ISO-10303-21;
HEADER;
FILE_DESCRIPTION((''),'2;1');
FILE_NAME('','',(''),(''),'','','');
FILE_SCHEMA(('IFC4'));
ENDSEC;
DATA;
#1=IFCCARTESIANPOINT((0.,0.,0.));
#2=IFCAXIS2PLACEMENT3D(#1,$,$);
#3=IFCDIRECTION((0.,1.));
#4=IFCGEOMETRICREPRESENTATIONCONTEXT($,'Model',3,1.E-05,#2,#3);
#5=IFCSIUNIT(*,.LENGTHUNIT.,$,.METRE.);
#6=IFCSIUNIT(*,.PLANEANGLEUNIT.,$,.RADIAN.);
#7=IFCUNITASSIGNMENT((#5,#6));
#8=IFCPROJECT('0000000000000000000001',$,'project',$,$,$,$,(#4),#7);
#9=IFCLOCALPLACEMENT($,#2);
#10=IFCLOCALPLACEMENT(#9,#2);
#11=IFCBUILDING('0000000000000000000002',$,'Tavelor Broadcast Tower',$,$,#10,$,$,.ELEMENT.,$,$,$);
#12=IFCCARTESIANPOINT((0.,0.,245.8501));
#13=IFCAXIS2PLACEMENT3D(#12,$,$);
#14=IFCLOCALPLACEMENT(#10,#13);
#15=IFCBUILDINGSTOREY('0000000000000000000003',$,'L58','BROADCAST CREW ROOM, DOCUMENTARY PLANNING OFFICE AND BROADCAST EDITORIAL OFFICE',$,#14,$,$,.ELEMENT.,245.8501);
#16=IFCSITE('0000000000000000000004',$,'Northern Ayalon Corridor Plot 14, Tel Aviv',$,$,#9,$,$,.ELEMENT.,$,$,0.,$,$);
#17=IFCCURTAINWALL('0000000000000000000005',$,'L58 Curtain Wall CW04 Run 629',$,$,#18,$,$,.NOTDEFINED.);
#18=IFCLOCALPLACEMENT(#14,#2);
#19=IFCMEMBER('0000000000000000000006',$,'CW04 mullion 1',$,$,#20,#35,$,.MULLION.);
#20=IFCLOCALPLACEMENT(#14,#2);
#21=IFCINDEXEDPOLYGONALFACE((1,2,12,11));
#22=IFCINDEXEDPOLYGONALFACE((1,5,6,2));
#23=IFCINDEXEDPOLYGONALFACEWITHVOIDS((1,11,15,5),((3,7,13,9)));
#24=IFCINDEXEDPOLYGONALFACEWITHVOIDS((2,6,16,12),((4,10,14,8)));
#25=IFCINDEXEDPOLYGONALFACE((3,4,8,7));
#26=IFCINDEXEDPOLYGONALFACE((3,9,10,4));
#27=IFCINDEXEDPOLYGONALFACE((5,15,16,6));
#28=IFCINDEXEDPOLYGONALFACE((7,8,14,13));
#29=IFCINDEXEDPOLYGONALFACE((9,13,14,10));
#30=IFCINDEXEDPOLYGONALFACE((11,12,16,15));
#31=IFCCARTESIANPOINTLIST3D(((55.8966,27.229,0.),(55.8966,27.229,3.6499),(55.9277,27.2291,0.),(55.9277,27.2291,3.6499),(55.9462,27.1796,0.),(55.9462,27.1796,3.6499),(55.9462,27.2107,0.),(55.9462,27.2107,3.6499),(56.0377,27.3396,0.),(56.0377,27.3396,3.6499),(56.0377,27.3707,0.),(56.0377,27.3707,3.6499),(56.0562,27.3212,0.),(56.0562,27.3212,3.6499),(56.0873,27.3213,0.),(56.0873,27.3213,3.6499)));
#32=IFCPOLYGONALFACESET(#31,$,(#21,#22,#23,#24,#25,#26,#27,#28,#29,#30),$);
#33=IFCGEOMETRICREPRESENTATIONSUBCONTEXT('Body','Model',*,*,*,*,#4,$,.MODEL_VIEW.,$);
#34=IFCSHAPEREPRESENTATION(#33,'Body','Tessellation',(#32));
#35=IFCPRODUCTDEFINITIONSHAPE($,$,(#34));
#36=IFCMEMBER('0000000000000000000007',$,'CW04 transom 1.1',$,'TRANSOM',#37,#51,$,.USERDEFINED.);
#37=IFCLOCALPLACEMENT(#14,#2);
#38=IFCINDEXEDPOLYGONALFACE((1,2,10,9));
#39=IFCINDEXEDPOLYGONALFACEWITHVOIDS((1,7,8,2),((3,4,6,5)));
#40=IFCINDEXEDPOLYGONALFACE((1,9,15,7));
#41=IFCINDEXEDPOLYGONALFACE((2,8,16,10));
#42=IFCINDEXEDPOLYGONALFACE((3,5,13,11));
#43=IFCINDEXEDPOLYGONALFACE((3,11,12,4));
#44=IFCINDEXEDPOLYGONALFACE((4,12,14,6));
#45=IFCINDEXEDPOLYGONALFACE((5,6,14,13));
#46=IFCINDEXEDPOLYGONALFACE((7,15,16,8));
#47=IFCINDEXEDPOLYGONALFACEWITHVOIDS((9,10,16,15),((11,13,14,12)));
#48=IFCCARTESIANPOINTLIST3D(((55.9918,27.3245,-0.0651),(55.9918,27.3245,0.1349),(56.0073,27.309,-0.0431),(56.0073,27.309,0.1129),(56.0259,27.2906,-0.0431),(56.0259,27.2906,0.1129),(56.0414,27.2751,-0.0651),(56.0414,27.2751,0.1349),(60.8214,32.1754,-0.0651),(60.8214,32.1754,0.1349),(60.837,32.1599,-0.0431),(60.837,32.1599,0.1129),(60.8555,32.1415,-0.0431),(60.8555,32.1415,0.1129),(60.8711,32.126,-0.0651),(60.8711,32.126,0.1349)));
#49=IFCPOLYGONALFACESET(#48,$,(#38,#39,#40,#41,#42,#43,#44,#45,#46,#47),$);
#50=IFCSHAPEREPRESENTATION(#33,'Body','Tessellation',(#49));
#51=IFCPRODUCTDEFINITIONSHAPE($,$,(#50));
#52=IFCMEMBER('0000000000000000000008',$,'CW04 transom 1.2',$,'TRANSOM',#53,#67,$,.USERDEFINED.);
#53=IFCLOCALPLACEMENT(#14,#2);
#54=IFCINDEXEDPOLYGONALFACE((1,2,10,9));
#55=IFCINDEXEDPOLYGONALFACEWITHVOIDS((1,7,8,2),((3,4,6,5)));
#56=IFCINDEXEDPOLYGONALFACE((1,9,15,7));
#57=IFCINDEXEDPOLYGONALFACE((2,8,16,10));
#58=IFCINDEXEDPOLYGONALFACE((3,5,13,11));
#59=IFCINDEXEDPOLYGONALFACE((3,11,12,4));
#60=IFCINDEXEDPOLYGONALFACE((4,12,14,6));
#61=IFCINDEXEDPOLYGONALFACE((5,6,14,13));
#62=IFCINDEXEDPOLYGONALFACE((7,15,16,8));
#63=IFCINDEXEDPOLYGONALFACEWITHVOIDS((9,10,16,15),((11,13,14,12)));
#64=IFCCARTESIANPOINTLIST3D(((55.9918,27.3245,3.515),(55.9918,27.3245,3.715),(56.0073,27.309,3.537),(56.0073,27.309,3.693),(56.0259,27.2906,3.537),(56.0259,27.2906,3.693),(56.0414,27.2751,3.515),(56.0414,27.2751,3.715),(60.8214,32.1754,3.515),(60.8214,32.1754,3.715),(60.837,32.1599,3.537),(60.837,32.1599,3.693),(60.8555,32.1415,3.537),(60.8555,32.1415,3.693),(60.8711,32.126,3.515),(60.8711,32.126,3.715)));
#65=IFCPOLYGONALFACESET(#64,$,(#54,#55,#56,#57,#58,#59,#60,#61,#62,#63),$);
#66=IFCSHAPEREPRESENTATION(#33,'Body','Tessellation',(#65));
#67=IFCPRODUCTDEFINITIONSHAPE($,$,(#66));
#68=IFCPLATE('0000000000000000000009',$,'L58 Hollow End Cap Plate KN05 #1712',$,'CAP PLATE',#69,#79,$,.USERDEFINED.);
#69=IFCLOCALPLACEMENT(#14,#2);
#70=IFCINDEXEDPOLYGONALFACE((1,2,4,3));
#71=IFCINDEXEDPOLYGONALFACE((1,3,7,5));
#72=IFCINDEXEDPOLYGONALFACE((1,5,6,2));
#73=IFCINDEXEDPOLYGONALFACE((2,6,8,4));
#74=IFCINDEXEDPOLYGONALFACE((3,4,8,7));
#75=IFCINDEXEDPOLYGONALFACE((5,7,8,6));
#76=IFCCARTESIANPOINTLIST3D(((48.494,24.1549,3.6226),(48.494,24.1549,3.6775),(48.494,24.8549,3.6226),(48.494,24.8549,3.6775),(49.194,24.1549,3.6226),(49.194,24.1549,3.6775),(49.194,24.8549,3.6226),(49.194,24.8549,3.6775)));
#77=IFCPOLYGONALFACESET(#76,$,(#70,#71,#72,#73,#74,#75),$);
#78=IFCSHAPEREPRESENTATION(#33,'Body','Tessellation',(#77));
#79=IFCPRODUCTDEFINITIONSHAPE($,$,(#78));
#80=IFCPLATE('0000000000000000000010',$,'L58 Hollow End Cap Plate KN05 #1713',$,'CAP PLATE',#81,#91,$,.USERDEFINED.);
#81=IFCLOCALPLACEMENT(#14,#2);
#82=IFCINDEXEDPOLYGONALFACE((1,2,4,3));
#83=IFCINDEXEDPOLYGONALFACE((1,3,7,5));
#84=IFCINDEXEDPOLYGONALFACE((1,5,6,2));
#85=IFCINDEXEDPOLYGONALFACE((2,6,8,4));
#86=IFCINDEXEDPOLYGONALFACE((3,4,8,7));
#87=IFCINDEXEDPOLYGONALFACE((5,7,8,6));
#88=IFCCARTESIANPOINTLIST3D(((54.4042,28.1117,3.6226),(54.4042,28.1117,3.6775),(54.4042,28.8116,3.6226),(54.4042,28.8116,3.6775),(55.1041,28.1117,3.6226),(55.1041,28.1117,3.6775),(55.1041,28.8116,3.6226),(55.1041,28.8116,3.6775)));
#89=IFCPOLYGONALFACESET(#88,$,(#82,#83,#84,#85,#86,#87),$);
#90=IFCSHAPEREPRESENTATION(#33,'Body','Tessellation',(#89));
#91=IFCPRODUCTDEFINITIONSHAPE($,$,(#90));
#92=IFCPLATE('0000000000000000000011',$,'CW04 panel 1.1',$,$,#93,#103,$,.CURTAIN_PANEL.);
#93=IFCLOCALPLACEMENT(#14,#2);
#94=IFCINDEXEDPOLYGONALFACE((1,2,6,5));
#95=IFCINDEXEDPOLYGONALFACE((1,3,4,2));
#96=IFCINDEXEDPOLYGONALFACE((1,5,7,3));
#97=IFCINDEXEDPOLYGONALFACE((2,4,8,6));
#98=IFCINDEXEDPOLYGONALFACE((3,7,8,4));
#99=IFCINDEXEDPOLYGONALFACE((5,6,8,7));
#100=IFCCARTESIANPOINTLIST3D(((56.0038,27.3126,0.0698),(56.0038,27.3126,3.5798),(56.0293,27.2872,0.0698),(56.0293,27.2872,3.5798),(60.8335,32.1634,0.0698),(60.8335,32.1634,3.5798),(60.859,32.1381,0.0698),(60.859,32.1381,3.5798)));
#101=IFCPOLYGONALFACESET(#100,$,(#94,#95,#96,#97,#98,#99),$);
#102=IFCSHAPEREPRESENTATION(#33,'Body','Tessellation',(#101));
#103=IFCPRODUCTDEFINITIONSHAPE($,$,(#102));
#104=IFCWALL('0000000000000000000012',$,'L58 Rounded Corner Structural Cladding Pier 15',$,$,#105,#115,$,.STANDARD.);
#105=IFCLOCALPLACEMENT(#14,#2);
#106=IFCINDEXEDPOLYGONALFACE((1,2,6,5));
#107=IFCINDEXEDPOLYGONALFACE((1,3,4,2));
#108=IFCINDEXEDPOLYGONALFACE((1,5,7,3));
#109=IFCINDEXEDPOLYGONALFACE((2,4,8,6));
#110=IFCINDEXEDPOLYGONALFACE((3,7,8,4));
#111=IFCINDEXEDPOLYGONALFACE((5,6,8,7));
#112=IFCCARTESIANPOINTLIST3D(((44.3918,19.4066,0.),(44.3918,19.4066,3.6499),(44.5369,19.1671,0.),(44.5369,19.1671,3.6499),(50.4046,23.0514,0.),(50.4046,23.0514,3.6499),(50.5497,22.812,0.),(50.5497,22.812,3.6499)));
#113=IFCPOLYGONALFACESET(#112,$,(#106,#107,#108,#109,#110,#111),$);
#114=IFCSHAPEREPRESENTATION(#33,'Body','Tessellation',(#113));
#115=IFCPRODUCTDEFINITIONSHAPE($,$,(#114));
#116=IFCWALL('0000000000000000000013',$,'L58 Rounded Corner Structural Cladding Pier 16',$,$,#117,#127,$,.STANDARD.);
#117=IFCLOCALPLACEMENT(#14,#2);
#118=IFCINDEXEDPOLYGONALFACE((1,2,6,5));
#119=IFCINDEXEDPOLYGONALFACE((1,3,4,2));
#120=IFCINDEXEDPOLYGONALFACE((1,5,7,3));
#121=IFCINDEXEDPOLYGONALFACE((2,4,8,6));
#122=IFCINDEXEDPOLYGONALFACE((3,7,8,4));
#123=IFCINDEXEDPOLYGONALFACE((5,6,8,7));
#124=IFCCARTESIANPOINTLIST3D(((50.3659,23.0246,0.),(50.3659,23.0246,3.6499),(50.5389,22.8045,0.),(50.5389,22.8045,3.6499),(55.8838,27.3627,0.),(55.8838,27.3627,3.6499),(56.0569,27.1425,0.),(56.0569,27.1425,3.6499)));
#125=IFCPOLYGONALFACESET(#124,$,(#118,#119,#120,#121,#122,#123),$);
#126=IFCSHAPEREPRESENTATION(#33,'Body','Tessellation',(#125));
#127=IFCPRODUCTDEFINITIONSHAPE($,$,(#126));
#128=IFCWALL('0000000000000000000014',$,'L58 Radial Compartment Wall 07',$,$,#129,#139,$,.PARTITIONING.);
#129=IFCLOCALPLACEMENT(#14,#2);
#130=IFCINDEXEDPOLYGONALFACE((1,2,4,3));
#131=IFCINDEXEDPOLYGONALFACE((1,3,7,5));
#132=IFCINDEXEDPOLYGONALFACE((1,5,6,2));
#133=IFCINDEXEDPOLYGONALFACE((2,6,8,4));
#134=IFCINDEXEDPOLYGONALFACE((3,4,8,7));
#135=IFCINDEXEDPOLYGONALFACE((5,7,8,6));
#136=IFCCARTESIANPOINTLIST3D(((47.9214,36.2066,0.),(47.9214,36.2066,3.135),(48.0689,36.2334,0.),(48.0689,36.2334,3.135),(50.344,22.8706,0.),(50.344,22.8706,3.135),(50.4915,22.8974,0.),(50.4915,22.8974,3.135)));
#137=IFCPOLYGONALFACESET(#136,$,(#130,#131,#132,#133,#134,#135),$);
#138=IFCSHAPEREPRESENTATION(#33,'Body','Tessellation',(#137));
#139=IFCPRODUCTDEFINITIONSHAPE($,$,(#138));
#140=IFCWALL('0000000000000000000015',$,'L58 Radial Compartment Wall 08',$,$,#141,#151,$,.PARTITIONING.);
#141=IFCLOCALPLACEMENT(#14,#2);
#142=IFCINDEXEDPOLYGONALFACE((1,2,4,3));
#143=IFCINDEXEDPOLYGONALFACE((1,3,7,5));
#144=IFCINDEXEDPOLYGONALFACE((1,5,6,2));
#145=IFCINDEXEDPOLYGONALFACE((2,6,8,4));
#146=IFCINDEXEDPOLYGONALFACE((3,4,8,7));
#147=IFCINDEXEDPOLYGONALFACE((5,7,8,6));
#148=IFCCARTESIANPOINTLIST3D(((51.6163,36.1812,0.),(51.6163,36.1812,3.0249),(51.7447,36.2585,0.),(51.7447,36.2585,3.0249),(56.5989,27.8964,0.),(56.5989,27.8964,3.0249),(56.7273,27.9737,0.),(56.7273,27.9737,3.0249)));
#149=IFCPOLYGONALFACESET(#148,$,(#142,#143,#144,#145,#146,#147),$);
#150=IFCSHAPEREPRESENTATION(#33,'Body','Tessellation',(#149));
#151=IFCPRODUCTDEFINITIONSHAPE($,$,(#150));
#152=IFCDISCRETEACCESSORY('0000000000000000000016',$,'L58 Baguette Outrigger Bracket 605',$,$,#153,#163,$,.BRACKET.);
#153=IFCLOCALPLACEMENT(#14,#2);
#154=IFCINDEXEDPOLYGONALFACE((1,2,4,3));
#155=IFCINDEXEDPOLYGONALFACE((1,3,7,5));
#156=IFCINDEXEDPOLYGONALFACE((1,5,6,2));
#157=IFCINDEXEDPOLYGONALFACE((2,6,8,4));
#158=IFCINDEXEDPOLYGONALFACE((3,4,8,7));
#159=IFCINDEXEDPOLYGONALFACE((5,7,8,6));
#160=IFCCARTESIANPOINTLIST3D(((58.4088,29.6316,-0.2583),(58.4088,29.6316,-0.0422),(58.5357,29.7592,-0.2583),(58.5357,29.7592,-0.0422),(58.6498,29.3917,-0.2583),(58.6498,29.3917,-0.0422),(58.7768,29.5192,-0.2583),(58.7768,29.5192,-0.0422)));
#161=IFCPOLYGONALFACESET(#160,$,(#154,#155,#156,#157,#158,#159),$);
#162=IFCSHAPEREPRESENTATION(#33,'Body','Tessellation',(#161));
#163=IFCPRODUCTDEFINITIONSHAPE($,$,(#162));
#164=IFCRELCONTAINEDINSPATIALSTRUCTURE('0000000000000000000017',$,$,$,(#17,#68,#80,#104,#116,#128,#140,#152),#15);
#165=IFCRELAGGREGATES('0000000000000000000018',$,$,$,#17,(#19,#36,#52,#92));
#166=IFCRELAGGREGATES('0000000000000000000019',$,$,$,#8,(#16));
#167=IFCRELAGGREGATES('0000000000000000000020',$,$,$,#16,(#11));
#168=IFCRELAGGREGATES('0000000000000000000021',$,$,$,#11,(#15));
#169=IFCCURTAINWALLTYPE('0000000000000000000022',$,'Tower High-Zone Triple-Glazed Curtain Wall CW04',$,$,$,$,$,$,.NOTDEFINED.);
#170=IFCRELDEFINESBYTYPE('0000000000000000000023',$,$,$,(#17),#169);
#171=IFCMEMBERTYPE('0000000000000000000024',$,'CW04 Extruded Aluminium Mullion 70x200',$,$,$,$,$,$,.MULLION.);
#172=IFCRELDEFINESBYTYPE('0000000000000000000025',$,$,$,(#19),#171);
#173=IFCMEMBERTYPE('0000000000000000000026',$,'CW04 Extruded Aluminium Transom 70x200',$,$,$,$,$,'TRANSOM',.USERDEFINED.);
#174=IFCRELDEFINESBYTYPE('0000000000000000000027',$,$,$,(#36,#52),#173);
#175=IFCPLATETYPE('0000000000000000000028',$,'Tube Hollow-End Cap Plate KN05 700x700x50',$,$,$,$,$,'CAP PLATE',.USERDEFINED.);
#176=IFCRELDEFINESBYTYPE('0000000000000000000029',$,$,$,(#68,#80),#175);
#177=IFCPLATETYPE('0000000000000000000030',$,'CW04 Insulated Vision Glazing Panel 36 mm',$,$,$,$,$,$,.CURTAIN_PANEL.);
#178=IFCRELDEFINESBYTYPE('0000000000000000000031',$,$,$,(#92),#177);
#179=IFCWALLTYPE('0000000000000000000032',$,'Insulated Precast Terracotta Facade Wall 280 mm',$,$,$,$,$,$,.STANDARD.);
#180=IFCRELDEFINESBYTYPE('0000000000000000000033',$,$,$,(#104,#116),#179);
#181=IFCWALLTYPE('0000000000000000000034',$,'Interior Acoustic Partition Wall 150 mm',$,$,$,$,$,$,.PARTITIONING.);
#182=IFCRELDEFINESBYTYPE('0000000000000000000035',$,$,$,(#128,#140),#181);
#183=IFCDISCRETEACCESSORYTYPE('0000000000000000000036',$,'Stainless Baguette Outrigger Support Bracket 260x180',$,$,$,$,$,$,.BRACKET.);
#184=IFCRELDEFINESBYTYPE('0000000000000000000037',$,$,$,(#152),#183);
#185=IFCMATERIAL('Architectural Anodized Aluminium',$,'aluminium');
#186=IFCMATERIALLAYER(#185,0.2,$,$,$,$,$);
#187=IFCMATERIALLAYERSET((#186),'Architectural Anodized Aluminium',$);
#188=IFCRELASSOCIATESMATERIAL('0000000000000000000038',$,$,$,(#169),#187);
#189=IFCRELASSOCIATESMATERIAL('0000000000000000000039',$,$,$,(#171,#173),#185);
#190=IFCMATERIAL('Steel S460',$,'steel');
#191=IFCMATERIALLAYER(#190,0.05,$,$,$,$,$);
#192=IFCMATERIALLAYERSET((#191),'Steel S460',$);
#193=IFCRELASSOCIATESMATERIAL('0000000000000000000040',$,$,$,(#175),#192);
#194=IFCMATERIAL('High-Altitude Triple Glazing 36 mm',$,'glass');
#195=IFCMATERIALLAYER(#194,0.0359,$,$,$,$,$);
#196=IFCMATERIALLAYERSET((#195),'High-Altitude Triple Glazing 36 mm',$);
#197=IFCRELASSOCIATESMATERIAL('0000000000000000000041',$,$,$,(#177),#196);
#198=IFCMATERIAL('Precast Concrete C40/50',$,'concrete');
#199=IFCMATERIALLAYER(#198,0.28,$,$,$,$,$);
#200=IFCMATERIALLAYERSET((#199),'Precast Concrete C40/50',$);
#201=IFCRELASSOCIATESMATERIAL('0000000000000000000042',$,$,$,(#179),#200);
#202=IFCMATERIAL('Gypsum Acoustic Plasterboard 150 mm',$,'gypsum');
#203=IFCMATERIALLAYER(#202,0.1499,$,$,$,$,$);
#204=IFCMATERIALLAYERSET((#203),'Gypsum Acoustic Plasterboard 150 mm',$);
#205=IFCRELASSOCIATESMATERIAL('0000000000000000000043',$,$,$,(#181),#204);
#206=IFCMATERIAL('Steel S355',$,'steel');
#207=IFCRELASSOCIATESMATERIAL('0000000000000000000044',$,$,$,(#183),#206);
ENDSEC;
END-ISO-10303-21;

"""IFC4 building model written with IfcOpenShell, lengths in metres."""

from ifc_helpers import new_model, si_unit, direction, frame, frame_2d, origin, origin_2d, place, context, subcontext, project, spatial, rectangle, hollow_rectangle, extrude, source, transform, mapped, material, layer, layer_set, material_profile, profile_set, type_object, type_shapes, element, aggregate, save


model = new_model("IFC4")

# Units and contexts
model_context = context("Model", 3, precision=1e-05, world=origin(), true_north=direction((0.0, 1.0)))
body_context = subcontext(model_context, "Body", "Model", "MODEL_VIEW")
ifc_project = project(units=[si_unit("LENGTHUNIT", "METRE"), si_unit("PLANEANGLEUNIT", "RADIAN")], contexts=[model_context])

# Site, building, storey
site_placement = place(None, origin())
site = spatial("IfcSite", under=ifc_project, at=site_placement, Name="Northern Ayalon Corridor Plot 14, Tel Aviv", CompositionType="ELEMENT", RefElevation=0.0)
building_placement = place(site_placement, origin())
building = spatial("IfcBuilding", under=site, at=building_placement, Name="Tavelor Broadcast Tower", CompositionType="ELEMENT")
storey_placement = place(building_placement, frame((0.0, 0.0, 245.8501)))
storey = spatial("IfcBuildingStorey", under=building, at=storey_placement, Name="L58", Description="BROADCAST CREW ROOM, DOCUMENTARY PLANNING OFFICE AND BROADCAST EDITORIAL OFFICE", CompositionType="ELEMENT", Elevation=245.8501)

# Shared definitions
ifc_material_1 = material(Name="Steel S460", Category="steel")

# Shared definitions
ifc_material_2 = material(Name="Steel S355", Category="steel")

# Curtain wall, members
ifc_material_3 = material(Name="Architectural Anodized Aluminium", Category="aluminium")
ifc_layer_1 = layer(ifc_material_3, 0.2)
ifc_layer_set_1 = layer_set([ifc_layer_1], Name="Architectural Anodized Aluminium")
curtain_wall_type = type_object("IfcCurtainWallType", Name="Tower High-Zone Triple-Glazed Curtain Wall CW04", PredefinedType="NOTDEFINED", material=ifc_layer_set_1)
curtain_wall_placement = place(storey_placement, origin())
curtain_wall = element("IfcCurtainWall", 1, at=curtain_wall_placement, inside=storey, type_object=curtain_wall_type, Name="L58 Curtain Wall CW04 Run 629", PredefinedType="NOTDEFINED")
ifc_material_profile_1 = material_profile(ifc_material_3, hollow_rectangle(XDim=0.0701, YDim=0.2, WallThickness=0.022, at=origin_2d()), Name="RHS 70x200x22")
ifc_profile_set_1 = profile_set([ifc_material_profile_1], Name="Architectural Anodized Aluminium")
member_type_1 = type_object("IfcMemberType", Name="CW04 Extruded Aluminium Mullion 70x200", PredefinedType="MULLION", material=ifc_profile_set_1)
shared_shape_1 = source(origin(), body_context, "Body", "SweptSolid", [
    extrude(hollow_rectangle(XDim=0.0701, YDim=0.2, WallThickness=0.022, at=origin_2d()), origin(), (0.0, 0.0, 1.0), 3.6499),
])
type_shapes(member_type_1, [shared_shape_1])
member_1_placement = place(storey_placement, frame((55.9919, 27.2751, 0.0), z_axis=(0.0, 0.0, 1.0), x_axis=(-0.708651, 0.705559, 0.0)))
member_1 = element("IfcMember", 2, at=member_1_placement, type_object=member_type_1, Name="CW04 mullion 1", PredefinedType="MULLION", context=body_context, shape_type="MappedRepresentation", body=[
    mapped(shared_shape_1, transform((0.0, 0.0, 0.0), scale=1.0)),
])
ifc_material_profile_2 = material_profile(ifc_material_3, hollow_rectangle(XDim=0.0701, YDim=0.2, WallThickness=0.022, at=origin_2d()), Name="RHS 70x200x22")
ifc_profile_set_2 = profile_set([ifc_material_profile_2], Name="Architectural Anodized Aluminium")
member_type_2 = type_object("IfcMemberType", Name="CW04 Extruded Aluminium Transom 70x200", ElementType="TRANSOM", PredefinedType="USERDEFINED", material=ifc_profile_set_2)
shared_shape_2 = source(origin(), body_context, "Body", "SweptSolid", [
    extrude(hollow_rectangle(XDim=0.0701, YDim=0.2, WallThickness=0.022, at=origin_2d()), origin(), (0.0, 0.0, 1.0), 6.8452),
])
type_shapes(member_type_2, [shared_shape_2])
member_2_placement = place(storey_placement, frame((56.0166, 27.2998, 0.0349), z_axis=(0.705554, 0.708657, 0.0), x_axis=(-0.708657, 0.705554, 0.0)))
member_2 = element("IfcMember", 3, at=member_2_placement, type_object=member_type_2, Name="CW04 transom 1.1", ObjectType="TRANSOM", PredefinedType="USERDEFINED", context=body_context, shape_type="MappedRepresentation", body=[
    mapped(shared_shape_2, transform((0.0, 0.0, 0.0), scale=1.0)),
])
member_3_placement = place(storey_placement, frame((56.0166, 27.2998, 3.615), z_axis=(0.705554, 0.708657, 0.0), x_axis=(-0.708657, 0.705554, 0.0)))
member_3 = element("IfcMember", 4, at=member_3_placement, type_object=member_type_2, Name="CW04 transom 1.2", ObjectType="TRANSOM", PredefinedType="USERDEFINED", context=body_context, shape_type="MappedRepresentation", body=[
    mapped(shared_shape_2, transform((0.0, 0.0, 0.0), scale=1.0)),
])

# Plates
ifc_layer_2 = layer(ifc_material_1, 0.05)
ifc_layer_set_2 = layer_set([ifc_layer_2], Name="Steel S460")
plate_type_1 = type_object("IfcPlateType", Name="Tube Hollow-End Cap Plate KN05 700x700x50", ElementType="CAP PLATE", PredefinedType="USERDEFINED", material=ifc_layer_set_2)
shared_shape_3 = source(origin(), body_context, "Body", "SweptSolid", [
    extrude(rectangle(XDim=0.7, YDim=0.7, at=origin_2d()), origin(), (0.0, 0.0, 1.0), 0.0549),
])
type_shapes(plate_type_1, [shared_shape_3])
for number, where, z_axis, x_axis, name in (
    (5, (48.844, 24.5049, 3.6226), (0.0, 0.0, 1.0), (1.0, 0.0, 0.0), "L58 Hollow End Cap Plate KN05 #1712"),
    (6, (54.7542, 28.4617, 3.6226), (0.0, 0.0, 1.0), (1.0, 0.0, 0.0), "L58 Hollow End Cap Plate KN05 #1713"),
):
    element("IfcPlate", number, at=place(storey_placement, frame(where, z_axis=z_axis, x_axis=x_axis)), inside=storey, type_object=plate_type_1, Name=name, ObjectType="CAP PLATE", PredefinedType="USERDEFINED", context=body_context, shape_type="MappedRepresentation", body=[
        mapped(shared_shape_3, transform((0.0, 0.0, 0.0), scale=1.0)),
    ])

# Plate
ifc_material_4 = material(Name="High-Altitude Triple Glazing 36 mm", Category="glass")
ifc_layer_3 = layer(ifc_material_4, 0.0359)
ifc_layer_set_3 = layer_set([ifc_layer_3], Name="High-Altitude Triple Glazing 36 mm")
plate_type_2 = type_object("IfcPlateType", Name="CW04 Insulated Vision Glazing Panel 36 mm", PredefinedType="CURTAIN_PANEL", material=ifc_layer_set_3)
shared_shape_4 = source(origin(), body_context, "Body", "SweptSolid", [
    extrude(rectangle(XDim=6.8452, YDim=0.0359, at=origin_2d()), origin(), (0.0, 0.0, 1.0), 3.51),
])
type_shapes(plate_type_2, [shared_shape_4])
plate_placement = place(storey_placement, frame((58.4314, 29.7253, 0.0698), z_axis=(0.0, 0.0, 1.0), x_axis=(0.705559, 0.708651, 0.0)))
plate = element("IfcPlate", 7, at=plate_placement, type_object=plate_type_2, Name="CW04 panel 1.1", PredefinedType="CURTAIN_PANEL", context=body_context, shape_type="MappedRepresentation", body=[
    mapped(shared_shape_4, transform((0.0, 0.0, 0.0), scale=1.0)),
])
aggregate(curtain_wall, [member_1, member_2, member_3, plate])

# Walls
ifc_material_5 = material(Name="Precast Concrete C40/50", Category="concrete")
ifc_layer_4 = layer(ifc_material_5, 0.28)
ifc_layer_set_4 = layer_set([ifc_layer_4], Name="Precast Concrete C40/50")
wall_type_1 = type_object("IfcWallType", Name="Insulated Precast Terracotta Facade Wall 280 mm", PredefinedType="STANDARD", material=ifc_layer_set_4)
wall_1_placement = place(storey_placement, frame((44.4644, 19.2869, 0.0), z_axis=(0.0, 0.0, 1.0), x_axis=(0.855153, 0.518376, 0.0)))
element("IfcWall", 8, at=wall_1_placement, inside=storey, type_object=wall_type_1, Name="L58 Rounded Corner Structural Cladding Pier 15", PredefinedType="STANDARD", context=body_context, shape_type="SweptSolid", body=[
    extrude(rectangle(XDim=7.0312, YDim=0.28, at=frame_2d((3.5156, 0.0))), origin(), (0.0, 0.0, 1.0), 3.6499),
])
wall_2_placement = place(storey_placement, frame((50.4524, 22.9146, 0.0), z_axis=(0.0, 0.0, 1.0), x_axis=(0.786145, 0.618043, 0.0)))
element("IfcWall", 9, at=wall_2_placement, inside=storey, type_object=wall_type_1, Name="L58 Rounded Corner Structural Cladding Pier 16", PredefinedType="STANDARD", context=body_context, shape_type="SweptSolid", body=[
    extrude(rectangle(XDim=7.019, YDim=0.28, at=frame_2d((3.5095, 0.0))), origin(), (0.0, 0.0, 1.0), 3.6499),
])
ifc_material_6 = material(Name="Gypsum Acoustic Plasterboard 150 mm", Category="gypsum")
ifc_layer_5 = layer(ifc_material_6, 0.1499)
ifc_layer_set_5 = layer_set([ifc_layer_5], Name="Gypsum Acoustic Plasterboard 150 mm")
wall_type_2 = type_object("IfcWallType", Name="Interior Acoustic Partition Wall 150 mm", PredefinedType="PARTITIONING", material=ifc_layer_set_5)
wall_3_placement = place(storey_placement, frame((47.9951, 36.22, 0.0), z_axis=(0.0, 0.0, 1.0), x_axis=(0.178735, -0.983897, 0.0)))
element("IfcWall", 10, at=wall_3_placement, inside=storey, type_object=wall_type_2, Name="L58 Radial Compartment Wall 07", PredefinedType="PARTITIONING", context=body_context, shape_type="SweptSolid", body=[
    extrude(rectangle(XDim=13.5542, YDim=0.1499, at=frame_2d((6.7771, 0.0))), origin(), (0.0, 0.0, 1.0), 3.135),
])
wall_4_placement = place(storey_placement, frame((51.6804, 36.22, 0.0), z_axis=(0.0, 0.0, 1.0), x_axis=(0.515387, -0.856958, 0.0)))
element("IfcWall", 11, at=wall_4_placement, inside=storey, type_object=wall_type_2, Name="L58 Radial Compartment Wall 08", PredefinedType="PARTITIONING", context=body_context, shape_type="SweptSolid", body=[
    extrude(rectangle(XDim=9.6677, YDim=0.1499, at=frame_2d((4.834, 0.0))), origin(), (0.0, 0.0, 1.0), 3.0249),
])

# Discrete accessory
discrete_accessory_type = type_object("IfcDiscreteAccessoryType", Name="Stainless Baguette Outrigger Support Bracket 260x180", PredefinedType="BRACKET", material=ifc_material_2)
shared_shape_5 = source(origin(), body_context, "Body", "SweptSolid", [
    extrude(rectangle(XDim=0.1799, YDim=0.3401, at=origin_2d()), origin(), (0.0, 0.0, 1.0), 0.2161),
])
type_shapes(discrete_accessory_type, [shared_shape_5])
discrete_accessory_placement = place(storey_placement, frame((58.5928, 29.5754, -0.2583), z_axis=(0.0, 0.0, 1.0), x_axis=(0.705501, 0.708709, 0.0)))
element("IfcDiscreteAccessory", 12, at=discrete_accessory_placement, inside=storey, type_object=discrete_accessory_type, Name="L58 Baguette Outrigger Bracket 605", PredefinedType="BRACKET", context=body_context, shape_type="MappedRepresentation", body=[
    mapped(shared_shape_5, transform((0.0, 0.0, 0.0), scale=1.0)),
])

save(model, "model.ifc")
